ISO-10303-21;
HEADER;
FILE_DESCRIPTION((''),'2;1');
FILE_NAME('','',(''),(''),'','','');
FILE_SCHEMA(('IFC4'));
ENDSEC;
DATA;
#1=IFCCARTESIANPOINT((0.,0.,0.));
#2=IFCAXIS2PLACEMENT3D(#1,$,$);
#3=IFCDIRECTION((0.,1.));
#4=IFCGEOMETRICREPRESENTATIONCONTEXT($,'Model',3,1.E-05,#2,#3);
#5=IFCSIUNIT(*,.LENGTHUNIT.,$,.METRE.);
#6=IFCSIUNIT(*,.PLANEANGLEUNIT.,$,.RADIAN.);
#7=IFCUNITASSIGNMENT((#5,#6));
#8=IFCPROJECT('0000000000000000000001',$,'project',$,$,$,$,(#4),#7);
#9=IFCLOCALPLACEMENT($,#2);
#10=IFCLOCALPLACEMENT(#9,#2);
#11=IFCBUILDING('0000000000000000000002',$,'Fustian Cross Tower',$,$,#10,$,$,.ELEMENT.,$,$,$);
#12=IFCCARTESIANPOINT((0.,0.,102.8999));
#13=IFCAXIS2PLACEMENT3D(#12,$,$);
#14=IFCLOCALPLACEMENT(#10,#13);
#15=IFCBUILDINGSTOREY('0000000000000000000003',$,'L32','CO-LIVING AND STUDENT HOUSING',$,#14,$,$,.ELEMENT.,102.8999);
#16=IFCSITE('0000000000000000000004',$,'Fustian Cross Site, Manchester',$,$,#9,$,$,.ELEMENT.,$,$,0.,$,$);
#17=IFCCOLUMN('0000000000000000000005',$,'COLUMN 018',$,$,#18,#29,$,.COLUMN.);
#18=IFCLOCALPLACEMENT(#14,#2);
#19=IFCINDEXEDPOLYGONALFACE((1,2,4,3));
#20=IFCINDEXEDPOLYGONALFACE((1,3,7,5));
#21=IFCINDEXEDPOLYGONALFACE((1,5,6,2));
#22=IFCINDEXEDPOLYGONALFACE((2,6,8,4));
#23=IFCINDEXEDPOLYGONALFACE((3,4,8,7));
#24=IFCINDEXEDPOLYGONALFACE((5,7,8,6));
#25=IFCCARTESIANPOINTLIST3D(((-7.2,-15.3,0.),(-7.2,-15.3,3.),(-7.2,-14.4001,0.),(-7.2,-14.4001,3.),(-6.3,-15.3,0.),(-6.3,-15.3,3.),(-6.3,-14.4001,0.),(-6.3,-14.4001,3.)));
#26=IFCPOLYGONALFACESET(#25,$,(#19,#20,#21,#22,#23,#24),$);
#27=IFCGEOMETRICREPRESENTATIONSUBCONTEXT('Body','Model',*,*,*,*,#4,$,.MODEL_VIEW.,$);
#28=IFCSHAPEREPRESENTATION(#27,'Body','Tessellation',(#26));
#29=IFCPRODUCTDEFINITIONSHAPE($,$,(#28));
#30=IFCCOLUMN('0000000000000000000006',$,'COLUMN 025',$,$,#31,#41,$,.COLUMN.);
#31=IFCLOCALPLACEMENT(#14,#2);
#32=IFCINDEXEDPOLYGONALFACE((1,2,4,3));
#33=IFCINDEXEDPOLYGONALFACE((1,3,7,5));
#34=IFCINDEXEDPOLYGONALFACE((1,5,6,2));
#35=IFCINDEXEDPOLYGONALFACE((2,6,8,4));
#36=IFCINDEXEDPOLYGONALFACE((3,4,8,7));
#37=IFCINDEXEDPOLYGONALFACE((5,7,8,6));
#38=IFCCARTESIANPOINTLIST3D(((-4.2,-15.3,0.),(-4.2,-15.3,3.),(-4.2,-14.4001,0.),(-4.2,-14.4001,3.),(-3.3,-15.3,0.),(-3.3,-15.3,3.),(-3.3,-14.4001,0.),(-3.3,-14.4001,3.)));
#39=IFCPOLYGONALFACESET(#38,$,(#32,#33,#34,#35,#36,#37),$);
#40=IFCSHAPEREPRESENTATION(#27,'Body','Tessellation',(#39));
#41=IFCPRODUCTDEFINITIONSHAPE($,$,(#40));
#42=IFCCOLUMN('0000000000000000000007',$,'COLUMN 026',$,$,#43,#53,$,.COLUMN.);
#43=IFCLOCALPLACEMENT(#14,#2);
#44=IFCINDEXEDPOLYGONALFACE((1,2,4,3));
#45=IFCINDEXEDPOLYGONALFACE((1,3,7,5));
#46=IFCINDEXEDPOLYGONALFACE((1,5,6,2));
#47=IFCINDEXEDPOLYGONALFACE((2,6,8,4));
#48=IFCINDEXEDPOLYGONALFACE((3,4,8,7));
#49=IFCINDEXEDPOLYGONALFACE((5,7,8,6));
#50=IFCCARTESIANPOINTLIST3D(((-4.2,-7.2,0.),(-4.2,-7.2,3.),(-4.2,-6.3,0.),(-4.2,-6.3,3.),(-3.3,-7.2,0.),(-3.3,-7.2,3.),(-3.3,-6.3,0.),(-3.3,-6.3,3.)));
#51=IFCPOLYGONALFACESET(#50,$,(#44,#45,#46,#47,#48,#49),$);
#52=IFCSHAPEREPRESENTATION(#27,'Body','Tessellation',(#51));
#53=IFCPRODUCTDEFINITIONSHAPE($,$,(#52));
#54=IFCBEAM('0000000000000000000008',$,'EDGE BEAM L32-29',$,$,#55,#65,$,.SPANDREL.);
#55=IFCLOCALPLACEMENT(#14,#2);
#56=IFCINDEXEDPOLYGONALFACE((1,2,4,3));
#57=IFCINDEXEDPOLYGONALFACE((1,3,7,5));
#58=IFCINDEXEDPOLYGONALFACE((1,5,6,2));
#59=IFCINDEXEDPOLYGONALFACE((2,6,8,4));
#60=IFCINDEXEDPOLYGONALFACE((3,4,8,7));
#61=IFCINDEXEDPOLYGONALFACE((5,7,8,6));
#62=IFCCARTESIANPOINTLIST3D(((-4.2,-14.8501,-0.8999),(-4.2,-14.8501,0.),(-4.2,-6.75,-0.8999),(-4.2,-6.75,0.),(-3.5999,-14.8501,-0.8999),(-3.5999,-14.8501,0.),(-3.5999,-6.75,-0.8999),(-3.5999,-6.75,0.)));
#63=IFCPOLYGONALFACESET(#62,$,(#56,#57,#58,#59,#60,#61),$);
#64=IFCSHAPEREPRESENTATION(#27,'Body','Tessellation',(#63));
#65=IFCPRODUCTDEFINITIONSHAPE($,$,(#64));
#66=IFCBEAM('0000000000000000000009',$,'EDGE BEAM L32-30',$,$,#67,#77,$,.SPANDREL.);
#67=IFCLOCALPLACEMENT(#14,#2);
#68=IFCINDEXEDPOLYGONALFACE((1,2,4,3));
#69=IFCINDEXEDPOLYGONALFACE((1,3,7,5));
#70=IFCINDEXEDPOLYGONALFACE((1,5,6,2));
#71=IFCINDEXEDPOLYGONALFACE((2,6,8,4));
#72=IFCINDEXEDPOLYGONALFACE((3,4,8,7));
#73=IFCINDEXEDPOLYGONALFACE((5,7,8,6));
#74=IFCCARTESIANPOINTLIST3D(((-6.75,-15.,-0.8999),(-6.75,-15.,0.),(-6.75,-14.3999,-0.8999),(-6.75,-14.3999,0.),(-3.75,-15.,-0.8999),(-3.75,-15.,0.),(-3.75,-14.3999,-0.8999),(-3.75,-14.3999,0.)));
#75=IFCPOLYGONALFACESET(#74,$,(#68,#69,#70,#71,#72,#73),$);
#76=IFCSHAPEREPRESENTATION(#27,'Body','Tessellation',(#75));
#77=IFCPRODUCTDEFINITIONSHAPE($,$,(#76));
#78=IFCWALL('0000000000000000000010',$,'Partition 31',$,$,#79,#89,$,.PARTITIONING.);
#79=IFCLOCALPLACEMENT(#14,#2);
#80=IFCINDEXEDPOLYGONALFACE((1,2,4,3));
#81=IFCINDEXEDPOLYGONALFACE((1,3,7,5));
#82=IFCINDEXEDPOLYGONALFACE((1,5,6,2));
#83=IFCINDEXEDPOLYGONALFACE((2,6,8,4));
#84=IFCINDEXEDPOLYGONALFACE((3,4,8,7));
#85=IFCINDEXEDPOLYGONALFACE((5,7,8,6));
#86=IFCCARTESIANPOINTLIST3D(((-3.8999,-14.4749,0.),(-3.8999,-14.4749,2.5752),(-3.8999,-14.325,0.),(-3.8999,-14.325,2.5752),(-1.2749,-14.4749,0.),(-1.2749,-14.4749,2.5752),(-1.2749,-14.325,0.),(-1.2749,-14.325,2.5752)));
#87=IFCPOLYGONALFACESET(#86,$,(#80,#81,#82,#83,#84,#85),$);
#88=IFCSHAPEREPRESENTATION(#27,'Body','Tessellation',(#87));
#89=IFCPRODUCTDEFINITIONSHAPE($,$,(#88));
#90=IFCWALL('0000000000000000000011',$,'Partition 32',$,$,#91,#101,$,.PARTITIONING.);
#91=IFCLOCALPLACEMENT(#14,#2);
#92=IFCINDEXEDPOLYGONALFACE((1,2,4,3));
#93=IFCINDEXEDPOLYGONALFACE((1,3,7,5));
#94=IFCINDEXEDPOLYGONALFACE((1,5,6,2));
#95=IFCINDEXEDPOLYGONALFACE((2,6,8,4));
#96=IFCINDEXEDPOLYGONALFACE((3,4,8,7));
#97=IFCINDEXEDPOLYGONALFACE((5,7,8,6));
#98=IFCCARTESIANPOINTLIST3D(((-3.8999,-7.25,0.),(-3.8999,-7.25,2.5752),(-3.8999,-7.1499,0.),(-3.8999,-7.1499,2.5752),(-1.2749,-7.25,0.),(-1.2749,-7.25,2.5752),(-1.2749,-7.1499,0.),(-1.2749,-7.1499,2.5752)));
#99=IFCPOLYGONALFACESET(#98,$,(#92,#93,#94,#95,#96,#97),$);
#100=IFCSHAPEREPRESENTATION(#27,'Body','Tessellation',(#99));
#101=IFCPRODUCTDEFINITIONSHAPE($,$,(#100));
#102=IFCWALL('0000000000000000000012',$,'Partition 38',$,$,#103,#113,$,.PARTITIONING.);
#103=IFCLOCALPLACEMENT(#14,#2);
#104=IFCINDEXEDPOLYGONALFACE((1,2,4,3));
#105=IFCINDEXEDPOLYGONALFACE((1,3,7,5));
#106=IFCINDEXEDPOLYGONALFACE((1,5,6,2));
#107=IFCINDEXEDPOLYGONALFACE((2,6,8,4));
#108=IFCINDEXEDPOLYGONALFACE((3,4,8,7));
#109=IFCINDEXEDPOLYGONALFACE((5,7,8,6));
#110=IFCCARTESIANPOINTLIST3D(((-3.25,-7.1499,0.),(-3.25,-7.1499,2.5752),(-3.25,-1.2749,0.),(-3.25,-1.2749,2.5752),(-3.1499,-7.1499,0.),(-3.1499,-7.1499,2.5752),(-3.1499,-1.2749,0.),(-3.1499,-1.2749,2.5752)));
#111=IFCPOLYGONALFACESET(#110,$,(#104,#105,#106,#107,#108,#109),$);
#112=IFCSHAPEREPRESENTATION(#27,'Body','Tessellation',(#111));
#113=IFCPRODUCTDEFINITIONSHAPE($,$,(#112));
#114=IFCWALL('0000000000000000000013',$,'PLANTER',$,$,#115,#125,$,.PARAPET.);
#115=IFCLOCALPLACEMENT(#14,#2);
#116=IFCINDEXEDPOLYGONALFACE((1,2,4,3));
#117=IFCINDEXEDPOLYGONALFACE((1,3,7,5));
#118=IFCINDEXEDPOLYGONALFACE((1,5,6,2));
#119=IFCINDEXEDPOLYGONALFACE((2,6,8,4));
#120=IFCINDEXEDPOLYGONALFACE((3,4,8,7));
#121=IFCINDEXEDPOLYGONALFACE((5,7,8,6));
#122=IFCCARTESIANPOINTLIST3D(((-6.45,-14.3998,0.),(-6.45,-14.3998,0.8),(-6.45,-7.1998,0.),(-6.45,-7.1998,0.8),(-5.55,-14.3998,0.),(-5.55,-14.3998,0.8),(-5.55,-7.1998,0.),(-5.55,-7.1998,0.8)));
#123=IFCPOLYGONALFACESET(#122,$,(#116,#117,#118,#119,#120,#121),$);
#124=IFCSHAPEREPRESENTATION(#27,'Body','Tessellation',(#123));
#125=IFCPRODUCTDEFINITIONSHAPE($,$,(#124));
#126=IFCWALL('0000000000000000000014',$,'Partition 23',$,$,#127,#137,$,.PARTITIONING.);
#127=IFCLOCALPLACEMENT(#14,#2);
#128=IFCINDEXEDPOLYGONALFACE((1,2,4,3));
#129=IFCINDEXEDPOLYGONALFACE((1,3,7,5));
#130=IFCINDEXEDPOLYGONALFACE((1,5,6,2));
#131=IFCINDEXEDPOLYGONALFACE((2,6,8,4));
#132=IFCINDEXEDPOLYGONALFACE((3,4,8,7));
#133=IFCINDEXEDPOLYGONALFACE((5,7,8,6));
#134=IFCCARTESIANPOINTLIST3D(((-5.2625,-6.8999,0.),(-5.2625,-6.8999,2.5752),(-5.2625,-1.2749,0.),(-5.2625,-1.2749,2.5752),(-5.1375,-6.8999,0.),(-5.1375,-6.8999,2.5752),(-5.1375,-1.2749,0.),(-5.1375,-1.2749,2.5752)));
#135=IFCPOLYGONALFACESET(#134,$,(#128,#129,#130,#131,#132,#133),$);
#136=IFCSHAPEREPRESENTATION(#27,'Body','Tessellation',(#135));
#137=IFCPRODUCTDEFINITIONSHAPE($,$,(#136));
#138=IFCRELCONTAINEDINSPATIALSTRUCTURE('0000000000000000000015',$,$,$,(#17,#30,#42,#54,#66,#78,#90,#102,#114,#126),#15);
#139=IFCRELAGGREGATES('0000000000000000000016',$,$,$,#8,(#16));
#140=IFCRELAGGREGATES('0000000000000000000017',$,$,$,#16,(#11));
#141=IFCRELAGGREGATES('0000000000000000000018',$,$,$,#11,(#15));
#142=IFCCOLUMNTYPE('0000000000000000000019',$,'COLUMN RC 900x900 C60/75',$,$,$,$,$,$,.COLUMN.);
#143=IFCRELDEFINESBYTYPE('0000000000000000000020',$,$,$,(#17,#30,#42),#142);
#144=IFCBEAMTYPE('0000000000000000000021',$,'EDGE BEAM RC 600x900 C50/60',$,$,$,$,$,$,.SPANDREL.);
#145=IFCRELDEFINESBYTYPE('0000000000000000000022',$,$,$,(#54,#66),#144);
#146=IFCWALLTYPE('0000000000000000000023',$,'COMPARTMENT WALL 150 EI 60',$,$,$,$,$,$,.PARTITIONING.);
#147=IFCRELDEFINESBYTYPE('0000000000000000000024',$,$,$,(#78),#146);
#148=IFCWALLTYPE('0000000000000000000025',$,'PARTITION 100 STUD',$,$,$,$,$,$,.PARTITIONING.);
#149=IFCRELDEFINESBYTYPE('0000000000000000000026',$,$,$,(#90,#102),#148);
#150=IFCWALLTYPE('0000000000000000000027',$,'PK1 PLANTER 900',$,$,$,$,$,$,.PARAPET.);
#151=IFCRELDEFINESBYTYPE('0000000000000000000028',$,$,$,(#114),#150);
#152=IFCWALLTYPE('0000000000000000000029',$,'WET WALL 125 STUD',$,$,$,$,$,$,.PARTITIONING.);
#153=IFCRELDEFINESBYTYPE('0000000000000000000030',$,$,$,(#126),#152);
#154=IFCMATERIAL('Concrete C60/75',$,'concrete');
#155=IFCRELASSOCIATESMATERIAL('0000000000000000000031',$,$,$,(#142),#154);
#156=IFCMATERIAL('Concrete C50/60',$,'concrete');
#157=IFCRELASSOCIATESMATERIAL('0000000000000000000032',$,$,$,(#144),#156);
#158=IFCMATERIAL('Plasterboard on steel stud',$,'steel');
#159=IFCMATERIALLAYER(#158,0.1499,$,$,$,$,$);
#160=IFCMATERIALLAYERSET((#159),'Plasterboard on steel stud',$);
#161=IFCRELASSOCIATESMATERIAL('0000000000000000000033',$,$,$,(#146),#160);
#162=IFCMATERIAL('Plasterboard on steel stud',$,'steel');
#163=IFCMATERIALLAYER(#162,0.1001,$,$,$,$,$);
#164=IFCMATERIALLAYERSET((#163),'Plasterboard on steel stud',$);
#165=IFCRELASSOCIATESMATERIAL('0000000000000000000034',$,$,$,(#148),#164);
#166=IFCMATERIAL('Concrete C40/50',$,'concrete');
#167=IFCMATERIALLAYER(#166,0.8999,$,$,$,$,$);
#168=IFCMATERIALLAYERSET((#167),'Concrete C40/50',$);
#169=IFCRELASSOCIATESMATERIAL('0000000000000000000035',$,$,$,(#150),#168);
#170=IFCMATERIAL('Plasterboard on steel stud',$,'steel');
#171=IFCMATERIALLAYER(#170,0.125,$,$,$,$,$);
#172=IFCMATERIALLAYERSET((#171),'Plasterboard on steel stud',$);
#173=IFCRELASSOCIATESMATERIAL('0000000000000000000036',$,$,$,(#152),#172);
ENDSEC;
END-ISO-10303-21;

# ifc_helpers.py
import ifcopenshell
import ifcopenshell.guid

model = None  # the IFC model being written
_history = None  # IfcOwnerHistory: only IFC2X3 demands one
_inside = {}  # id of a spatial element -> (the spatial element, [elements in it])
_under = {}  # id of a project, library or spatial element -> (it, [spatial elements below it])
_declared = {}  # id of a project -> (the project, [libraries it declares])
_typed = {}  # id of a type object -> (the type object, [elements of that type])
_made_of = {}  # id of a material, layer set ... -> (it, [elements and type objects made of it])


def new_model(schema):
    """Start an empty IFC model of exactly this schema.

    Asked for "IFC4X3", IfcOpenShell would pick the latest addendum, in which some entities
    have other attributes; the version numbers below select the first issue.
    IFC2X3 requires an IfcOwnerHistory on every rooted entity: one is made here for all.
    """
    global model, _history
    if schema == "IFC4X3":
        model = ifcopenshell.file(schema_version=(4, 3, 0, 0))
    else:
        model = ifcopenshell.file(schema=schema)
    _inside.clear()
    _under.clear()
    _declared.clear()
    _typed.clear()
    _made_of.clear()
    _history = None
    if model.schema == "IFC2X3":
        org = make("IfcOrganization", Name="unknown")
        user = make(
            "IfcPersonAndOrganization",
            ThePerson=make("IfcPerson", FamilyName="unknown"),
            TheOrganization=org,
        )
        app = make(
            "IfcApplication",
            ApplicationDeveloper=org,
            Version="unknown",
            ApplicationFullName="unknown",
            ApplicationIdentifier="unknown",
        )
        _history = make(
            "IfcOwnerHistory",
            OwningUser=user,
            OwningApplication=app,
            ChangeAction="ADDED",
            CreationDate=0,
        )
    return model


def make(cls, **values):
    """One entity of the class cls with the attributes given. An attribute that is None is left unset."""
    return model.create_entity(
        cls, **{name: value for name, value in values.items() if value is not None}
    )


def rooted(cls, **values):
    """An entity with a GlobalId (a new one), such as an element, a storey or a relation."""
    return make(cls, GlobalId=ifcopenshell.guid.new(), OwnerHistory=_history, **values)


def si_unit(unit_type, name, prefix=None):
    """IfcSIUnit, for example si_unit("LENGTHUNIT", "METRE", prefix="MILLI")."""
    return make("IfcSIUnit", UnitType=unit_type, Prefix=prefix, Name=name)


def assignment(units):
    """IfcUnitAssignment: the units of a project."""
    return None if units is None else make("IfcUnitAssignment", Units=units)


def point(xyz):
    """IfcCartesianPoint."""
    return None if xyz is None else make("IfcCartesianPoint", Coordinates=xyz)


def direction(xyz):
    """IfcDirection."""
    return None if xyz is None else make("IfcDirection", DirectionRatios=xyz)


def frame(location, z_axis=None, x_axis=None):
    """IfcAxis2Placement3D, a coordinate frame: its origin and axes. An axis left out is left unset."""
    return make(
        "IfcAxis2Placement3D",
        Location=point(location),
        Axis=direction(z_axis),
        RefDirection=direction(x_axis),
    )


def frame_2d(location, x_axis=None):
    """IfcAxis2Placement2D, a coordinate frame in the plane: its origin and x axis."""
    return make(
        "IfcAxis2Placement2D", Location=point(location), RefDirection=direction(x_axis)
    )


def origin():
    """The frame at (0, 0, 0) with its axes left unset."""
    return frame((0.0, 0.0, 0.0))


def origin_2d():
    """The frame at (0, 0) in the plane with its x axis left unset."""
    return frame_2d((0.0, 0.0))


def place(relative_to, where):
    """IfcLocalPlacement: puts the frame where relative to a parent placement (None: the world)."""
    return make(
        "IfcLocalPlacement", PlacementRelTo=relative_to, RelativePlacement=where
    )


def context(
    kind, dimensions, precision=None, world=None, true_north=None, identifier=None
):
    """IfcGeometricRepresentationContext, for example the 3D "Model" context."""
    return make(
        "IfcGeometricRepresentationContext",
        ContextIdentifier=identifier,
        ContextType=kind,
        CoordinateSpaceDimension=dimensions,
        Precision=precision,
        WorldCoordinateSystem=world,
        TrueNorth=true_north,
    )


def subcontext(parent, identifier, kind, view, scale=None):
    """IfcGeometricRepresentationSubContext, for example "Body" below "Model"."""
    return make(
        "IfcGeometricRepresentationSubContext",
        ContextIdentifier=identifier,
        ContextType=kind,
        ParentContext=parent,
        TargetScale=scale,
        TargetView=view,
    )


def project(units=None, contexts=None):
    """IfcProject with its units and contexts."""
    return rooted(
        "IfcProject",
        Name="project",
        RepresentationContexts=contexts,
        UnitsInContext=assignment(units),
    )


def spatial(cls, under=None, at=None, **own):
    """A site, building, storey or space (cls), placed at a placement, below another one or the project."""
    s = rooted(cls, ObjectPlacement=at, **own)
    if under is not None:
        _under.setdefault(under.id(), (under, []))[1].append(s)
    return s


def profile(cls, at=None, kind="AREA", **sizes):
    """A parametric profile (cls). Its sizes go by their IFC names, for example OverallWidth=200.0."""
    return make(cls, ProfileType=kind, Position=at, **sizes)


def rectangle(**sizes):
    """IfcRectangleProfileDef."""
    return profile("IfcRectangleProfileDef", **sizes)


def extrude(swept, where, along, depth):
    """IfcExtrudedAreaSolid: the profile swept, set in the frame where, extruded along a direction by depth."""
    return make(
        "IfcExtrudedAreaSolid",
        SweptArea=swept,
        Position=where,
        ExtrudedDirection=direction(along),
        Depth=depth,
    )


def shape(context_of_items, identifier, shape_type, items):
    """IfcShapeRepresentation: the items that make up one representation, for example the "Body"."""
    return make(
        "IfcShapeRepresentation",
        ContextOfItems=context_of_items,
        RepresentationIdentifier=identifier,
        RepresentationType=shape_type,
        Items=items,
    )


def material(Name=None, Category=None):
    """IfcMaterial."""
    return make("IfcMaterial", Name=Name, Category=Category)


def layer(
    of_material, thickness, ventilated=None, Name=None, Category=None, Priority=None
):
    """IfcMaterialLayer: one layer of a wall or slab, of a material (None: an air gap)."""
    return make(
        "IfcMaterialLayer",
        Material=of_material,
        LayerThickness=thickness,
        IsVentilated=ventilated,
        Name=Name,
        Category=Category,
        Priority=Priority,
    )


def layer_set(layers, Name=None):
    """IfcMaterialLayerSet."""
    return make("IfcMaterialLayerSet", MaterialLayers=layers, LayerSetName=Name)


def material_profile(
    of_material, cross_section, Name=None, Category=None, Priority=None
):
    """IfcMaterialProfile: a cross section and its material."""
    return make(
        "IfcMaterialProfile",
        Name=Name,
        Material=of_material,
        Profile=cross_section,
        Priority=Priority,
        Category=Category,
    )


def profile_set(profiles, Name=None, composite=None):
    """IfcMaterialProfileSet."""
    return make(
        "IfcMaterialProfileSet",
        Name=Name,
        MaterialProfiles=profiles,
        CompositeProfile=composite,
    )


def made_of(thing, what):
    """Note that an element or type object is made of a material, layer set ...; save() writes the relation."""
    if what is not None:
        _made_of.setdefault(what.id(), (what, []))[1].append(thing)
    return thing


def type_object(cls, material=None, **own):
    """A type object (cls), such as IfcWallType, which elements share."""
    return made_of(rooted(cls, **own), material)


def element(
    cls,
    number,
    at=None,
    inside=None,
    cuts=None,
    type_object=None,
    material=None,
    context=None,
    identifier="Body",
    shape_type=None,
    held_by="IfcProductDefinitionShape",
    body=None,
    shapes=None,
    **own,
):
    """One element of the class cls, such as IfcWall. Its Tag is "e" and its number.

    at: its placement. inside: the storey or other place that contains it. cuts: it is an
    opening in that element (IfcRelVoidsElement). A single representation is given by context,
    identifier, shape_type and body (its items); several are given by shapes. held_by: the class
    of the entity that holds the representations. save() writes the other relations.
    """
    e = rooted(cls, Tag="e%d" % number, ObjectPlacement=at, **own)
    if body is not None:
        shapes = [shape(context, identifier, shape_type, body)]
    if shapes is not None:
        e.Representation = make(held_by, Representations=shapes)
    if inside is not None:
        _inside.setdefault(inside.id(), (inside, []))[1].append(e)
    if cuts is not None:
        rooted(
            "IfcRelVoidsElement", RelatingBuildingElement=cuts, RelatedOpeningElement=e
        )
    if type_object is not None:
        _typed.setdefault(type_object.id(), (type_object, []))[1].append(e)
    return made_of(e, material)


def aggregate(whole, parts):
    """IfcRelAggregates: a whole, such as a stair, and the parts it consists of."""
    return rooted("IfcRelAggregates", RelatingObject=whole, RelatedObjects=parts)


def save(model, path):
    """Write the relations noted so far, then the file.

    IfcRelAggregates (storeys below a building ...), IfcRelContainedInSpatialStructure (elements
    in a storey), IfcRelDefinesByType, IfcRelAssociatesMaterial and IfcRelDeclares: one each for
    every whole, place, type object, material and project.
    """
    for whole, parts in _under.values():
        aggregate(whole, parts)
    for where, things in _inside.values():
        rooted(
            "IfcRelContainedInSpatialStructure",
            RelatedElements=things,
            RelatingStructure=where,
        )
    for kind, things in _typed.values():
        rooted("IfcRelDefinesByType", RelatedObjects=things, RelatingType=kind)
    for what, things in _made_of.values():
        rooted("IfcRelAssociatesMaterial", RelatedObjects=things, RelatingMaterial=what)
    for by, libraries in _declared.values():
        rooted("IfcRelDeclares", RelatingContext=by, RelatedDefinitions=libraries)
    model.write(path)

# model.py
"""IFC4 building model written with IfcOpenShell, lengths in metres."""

from ifc_helpers import new_model, si_unit, direction, frame, frame_2d, origin, origin_2d, place, context, subcontext, project, spatial, rectangle, extrude, material, layer, layer_set, material_profile, profile_set, type_object, element, save


model = new_model("IFC4")

# Units and contexts
model_context = context("Model", 3, precision=1e-05, world=origin(), true_north=direction((0.0, 1.0)))
body_context = subcontext(model_context, "Body", "Model", "MODEL_VIEW")
ifc_project = project(units=[si_unit("LENGTHUNIT", "METRE"), si_unit("PLANEANGLEUNIT", "RADIAN")], contexts=[model_context])

# Site, building, storey
site_placement = place(None, origin())
site = spatial("IfcSite", under=ifc_project, at=site_placement, Name="Fustian Cross Site, Manchester", CompositionType="ELEMENT", RefElevation=0.0)
building_placement = place(site_placement, origin())
building = spatial("IfcBuilding", under=site, at=building_placement, Name="Fustian Cross Tower", CompositionType="ELEMENT")
storey_placement = place(building_placement, frame((0.0, 0.0, 102.8999)))
storey = spatial("IfcBuildingStorey", under=building, at=storey_placement, Name="L32", Description="CO-LIVING AND STUDENT HOUSING", CompositionType="ELEMENT", Elevation=102.8999)

# Columns
ifc_material_1 = material(Name="Concrete C60/75", Category="concrete")
ifc_material_profile_1 = material_profile(ifc_material_1, rectangle(XDim=0.8999, YDim=0.8999, at=origin_2d()), Name="RC 900x900")
ifc_profile_set_1 = profile_set([ifc_material_profile_1], Name="Concrete C60/75")
column_type = type_object("IfcColumnType", Name="COLUMN RC 900x900 C60/75", PredefinedType="COLUMN", material=ifc_profile_set_1)
for number, where, z_axis, x_axis, name in (
    (1, (-6.75, -14.8501, 0.0), (0.0, 0.0, 1.0), (1.0, 0.0, 0.0), "COLUMN 018"),
    (2, (-3.75, -14.8501, 0.0), (0.0, 0.0, 1.0), (1.0, 0.0, 0.0), "COLUMN 025"),
    (3, (-3.75, -6.75, 0.0), (0.0, 0.0, 1.0), (1.0, 0.0, 0.0), "COLUMN 026"),
):
    element("IfcColumn", number, at=place(storey_placement, frame(where, z_axis=z_axis, x_axis=x_axis)), inside=storey, type_object=column_type, Name=name, PredefinedType="COLUMN", context=body_context, shape_type="SweptSolid", body=[
        extrude(rectangle(XDim=0.8999, YDim=0.8999, at=origin_2d()), origin(), (0.0, 0.0, 1.0), 3.0),
    ])

# Beams
ifc_material_2 = material(Name="Concrete C50/60", Category="concrete")
ifc_material_profile_2 = material_profile(ifc_material_2, rectangle(XDim=0.6001, YDim=0.8999, at=origin_2d()), Name="RC 600x900")
ifc_profile_set_2 = profile_set([ifc_material_profile_2], Name="Concrete C50/60")
beam_type = type_object("IfcBeamType", Name="EDGE BEAM RC 600x900 C50/60", PredefinedType="SPANDREL", material=ifc_profile_set_2)
beam_1_placement = place(storey_placement, frame((-3.8999, -6.75, -0.45), z_axis=(0.0, -1.0, 0.0), x_axis=(1.0, 0.0, 0.0)))
element("IfcBeam", 4, at=beam_1_placement, inside=storey, type_object=beam_type, Name="EDGE BEAM L32-29", PredefinedType="SPANDREL", context=body_context, shape_type="SweptSolid", body=[
    extrude(rectangle(XDim=0.6001, YDim=0.8999, at=origin_2d()), origin(), (0.0, 0.0, 1.0), 8.1001),
])
beam_2_placement = place(storey_placement, frame((-3.75, -14.7, -0.45), z_axis=(-1.0, 0.0, 0.0), x_axis=(0.0, -1.0, 0.0)))
element("IfcBeam", 5, at=beam_2_placement, inside=storey, type_object=beam_type, Name="EDGE BEAM L32-30", PredefinedType="SPANDREL", context=body_context, shape_type="SweptSolid", body=[
    extrude(rectangle(XDim=0.6001, YDim=0.8999, at=origin_2d()), origin(), (0.0, 0.0, 1.0), 3.0),
])

# Walls
ifc_material_3 = material(Name="Plasterboard on steel stud", Category="steel")
ifc_layer_1 = layer(ifc_material_3, 0.1499)
ifc_layer_set_1 = layer_set([ifc_layer_1], Name="Plasterboard on steel stud")
wall_type_1 = type_object("IfcWallType", Name="COMPARTMENT WALL 150 EI 60", PredefinedType="PARTITIONING", material=ifc_layer_set_1)
wall_1_placement = place(storey_placement, frame((-3.8999, -14.3999, 0.0), z_axis=(0.0, 0.0, 1.0), x_axis=(1.0, 0.0, 0.0)))
element("IfcWall", 6, at=wall_1_placement, inside=storey, type_object=wall_type_1, Name="Partition 31", PredefinedType="PARTITIONING", context=body_context, shape_type="SweptSolid", body=[
    extrude(rectangle(XDim=2.625, YDim=0.1499, at=frame_2d((1.3125, 0.0))), origin(), (0.0, 0.0, 1.0), 2.5752),
])
ifc_material_4 = material(Name="Plasterboard on steel stud", Category="steel")
ifc_layer_2 = layer(ifc_material_4, 0.1001)
ifc_layer_set_2 = layer_set([ifc_layer_2], Name="Plasterboard on steel stud")
wall_type_2 = type_object("IfcWallType", Name="PARTITION 100 STUD", PredefinedType="PARTITIONING", material=ifc_layer_set_2)
wall_2_placement = place(storey_placement, frame((-3.8999, -7.2, 0.0), z_axis=(0.0, 0.0, 1.0), x_axis=(1.0, 0.0, 0.0)))
element("IfcWall", 7, at=wall_2_placement, inside=storey, type_object=wall_type_2, Name="Partition 32", PredefinedType="PARTITIONING", context=body_context, shape_type="SweptSolid", body=[
    extrude(rectangle(XDim=2.625, YDim=0.1001, at=frame_2d((1.3125, 0.0))), origin(), (0.0, 0.0, 1.0), 2.5752),
])
wall_3_placement = place(storey_placement, frame((-3.2, -7.1499, 0.0), z_axis=(0.0, 0.0, 1.0), x_axis=(0.0, 1.0, 0.0)))
element("IfcWall", 8, at=wall_3_placement, inside=storey, type_object=wall_type_2, Name="Partition 38", PredefinedType="PARTITIONING", context=body_context, shape_type="SweptSolid", body=[
    extrude(rectangle(XDim=5.875, YDim=0.1001, at=frame_2d((2.9375, 0.0))), origin(), (0.0, 0.0, 1.0), 2.5752),
])
ifc_material_5 = material(Name="Concrete C40/50", Category="concrete")
ifc_layer_3 = layer(ifc_material_5, 0.8999)
ifc_layer_set_3 = layer_set([ifc_layer_3], Name="Concrete C40/50")
wall_type_3 = type_object("IfcWallType", Name="PK1 PLANTER 900", PredefinedType="PARAPET", material=ifc_layer_set_3)
wall_4_placement = place(storey_placement, frame((-6.0, -14.3999, 0.0), z_axis=(0.0, 0.0, 1.0), x_axis=(0.0, 1.0, 0.0)))
element("IfcWall", 9, at=wall_4_placement, inside=storey, type_object=wall_type_3, Name="PLANTER", PredefinedType="PARAPET", context=body_context, shape_type="SweptSolid", body=[
    extrude(rectangle(XDim=7.2, YDim=0.8999, at=frame_2d((3.6001, 0.0))), origin(), (0.0, 0.0, 1.0), 0.8),
])
ifc_material_6 = material(Name="Plasterboard on steel stud", Category="steel")
ifc_layer_4 = layer(ifc_material_6, 0.125)
ifc_layer_set_4 = layer_set([ifc_layer_4], Name="Plasterboard on steel stud")
wall_type_4 = type_object("IfcWallType", Name="WET WALL 125 STUD", PredefinedType="PARTITIONING", material=ifc_layer_set_4)
wall_5_placement = place(storey_placement, frame((-5.2, -6.8999, 0.0), z_axis=(0.0, 0.0, 1.0), x_axis=(0.0, 1.0, 0.0)))
element("IfcWall", 10, at=wall_5_placement, inside=storey, type_object=wall_type_4, Name="Partition 23", PredefinedType="PARTITIONING", context=body_context, shape_type="SweptSolid", body=[
    extrude(rectangle(XDim=5.625, YDim=0.125, at=frame_2d((2.8125, 0.0))), origin(), (0.0, 0.0, 1.0), 2.5752),
])

save(model, "model.ifc")
